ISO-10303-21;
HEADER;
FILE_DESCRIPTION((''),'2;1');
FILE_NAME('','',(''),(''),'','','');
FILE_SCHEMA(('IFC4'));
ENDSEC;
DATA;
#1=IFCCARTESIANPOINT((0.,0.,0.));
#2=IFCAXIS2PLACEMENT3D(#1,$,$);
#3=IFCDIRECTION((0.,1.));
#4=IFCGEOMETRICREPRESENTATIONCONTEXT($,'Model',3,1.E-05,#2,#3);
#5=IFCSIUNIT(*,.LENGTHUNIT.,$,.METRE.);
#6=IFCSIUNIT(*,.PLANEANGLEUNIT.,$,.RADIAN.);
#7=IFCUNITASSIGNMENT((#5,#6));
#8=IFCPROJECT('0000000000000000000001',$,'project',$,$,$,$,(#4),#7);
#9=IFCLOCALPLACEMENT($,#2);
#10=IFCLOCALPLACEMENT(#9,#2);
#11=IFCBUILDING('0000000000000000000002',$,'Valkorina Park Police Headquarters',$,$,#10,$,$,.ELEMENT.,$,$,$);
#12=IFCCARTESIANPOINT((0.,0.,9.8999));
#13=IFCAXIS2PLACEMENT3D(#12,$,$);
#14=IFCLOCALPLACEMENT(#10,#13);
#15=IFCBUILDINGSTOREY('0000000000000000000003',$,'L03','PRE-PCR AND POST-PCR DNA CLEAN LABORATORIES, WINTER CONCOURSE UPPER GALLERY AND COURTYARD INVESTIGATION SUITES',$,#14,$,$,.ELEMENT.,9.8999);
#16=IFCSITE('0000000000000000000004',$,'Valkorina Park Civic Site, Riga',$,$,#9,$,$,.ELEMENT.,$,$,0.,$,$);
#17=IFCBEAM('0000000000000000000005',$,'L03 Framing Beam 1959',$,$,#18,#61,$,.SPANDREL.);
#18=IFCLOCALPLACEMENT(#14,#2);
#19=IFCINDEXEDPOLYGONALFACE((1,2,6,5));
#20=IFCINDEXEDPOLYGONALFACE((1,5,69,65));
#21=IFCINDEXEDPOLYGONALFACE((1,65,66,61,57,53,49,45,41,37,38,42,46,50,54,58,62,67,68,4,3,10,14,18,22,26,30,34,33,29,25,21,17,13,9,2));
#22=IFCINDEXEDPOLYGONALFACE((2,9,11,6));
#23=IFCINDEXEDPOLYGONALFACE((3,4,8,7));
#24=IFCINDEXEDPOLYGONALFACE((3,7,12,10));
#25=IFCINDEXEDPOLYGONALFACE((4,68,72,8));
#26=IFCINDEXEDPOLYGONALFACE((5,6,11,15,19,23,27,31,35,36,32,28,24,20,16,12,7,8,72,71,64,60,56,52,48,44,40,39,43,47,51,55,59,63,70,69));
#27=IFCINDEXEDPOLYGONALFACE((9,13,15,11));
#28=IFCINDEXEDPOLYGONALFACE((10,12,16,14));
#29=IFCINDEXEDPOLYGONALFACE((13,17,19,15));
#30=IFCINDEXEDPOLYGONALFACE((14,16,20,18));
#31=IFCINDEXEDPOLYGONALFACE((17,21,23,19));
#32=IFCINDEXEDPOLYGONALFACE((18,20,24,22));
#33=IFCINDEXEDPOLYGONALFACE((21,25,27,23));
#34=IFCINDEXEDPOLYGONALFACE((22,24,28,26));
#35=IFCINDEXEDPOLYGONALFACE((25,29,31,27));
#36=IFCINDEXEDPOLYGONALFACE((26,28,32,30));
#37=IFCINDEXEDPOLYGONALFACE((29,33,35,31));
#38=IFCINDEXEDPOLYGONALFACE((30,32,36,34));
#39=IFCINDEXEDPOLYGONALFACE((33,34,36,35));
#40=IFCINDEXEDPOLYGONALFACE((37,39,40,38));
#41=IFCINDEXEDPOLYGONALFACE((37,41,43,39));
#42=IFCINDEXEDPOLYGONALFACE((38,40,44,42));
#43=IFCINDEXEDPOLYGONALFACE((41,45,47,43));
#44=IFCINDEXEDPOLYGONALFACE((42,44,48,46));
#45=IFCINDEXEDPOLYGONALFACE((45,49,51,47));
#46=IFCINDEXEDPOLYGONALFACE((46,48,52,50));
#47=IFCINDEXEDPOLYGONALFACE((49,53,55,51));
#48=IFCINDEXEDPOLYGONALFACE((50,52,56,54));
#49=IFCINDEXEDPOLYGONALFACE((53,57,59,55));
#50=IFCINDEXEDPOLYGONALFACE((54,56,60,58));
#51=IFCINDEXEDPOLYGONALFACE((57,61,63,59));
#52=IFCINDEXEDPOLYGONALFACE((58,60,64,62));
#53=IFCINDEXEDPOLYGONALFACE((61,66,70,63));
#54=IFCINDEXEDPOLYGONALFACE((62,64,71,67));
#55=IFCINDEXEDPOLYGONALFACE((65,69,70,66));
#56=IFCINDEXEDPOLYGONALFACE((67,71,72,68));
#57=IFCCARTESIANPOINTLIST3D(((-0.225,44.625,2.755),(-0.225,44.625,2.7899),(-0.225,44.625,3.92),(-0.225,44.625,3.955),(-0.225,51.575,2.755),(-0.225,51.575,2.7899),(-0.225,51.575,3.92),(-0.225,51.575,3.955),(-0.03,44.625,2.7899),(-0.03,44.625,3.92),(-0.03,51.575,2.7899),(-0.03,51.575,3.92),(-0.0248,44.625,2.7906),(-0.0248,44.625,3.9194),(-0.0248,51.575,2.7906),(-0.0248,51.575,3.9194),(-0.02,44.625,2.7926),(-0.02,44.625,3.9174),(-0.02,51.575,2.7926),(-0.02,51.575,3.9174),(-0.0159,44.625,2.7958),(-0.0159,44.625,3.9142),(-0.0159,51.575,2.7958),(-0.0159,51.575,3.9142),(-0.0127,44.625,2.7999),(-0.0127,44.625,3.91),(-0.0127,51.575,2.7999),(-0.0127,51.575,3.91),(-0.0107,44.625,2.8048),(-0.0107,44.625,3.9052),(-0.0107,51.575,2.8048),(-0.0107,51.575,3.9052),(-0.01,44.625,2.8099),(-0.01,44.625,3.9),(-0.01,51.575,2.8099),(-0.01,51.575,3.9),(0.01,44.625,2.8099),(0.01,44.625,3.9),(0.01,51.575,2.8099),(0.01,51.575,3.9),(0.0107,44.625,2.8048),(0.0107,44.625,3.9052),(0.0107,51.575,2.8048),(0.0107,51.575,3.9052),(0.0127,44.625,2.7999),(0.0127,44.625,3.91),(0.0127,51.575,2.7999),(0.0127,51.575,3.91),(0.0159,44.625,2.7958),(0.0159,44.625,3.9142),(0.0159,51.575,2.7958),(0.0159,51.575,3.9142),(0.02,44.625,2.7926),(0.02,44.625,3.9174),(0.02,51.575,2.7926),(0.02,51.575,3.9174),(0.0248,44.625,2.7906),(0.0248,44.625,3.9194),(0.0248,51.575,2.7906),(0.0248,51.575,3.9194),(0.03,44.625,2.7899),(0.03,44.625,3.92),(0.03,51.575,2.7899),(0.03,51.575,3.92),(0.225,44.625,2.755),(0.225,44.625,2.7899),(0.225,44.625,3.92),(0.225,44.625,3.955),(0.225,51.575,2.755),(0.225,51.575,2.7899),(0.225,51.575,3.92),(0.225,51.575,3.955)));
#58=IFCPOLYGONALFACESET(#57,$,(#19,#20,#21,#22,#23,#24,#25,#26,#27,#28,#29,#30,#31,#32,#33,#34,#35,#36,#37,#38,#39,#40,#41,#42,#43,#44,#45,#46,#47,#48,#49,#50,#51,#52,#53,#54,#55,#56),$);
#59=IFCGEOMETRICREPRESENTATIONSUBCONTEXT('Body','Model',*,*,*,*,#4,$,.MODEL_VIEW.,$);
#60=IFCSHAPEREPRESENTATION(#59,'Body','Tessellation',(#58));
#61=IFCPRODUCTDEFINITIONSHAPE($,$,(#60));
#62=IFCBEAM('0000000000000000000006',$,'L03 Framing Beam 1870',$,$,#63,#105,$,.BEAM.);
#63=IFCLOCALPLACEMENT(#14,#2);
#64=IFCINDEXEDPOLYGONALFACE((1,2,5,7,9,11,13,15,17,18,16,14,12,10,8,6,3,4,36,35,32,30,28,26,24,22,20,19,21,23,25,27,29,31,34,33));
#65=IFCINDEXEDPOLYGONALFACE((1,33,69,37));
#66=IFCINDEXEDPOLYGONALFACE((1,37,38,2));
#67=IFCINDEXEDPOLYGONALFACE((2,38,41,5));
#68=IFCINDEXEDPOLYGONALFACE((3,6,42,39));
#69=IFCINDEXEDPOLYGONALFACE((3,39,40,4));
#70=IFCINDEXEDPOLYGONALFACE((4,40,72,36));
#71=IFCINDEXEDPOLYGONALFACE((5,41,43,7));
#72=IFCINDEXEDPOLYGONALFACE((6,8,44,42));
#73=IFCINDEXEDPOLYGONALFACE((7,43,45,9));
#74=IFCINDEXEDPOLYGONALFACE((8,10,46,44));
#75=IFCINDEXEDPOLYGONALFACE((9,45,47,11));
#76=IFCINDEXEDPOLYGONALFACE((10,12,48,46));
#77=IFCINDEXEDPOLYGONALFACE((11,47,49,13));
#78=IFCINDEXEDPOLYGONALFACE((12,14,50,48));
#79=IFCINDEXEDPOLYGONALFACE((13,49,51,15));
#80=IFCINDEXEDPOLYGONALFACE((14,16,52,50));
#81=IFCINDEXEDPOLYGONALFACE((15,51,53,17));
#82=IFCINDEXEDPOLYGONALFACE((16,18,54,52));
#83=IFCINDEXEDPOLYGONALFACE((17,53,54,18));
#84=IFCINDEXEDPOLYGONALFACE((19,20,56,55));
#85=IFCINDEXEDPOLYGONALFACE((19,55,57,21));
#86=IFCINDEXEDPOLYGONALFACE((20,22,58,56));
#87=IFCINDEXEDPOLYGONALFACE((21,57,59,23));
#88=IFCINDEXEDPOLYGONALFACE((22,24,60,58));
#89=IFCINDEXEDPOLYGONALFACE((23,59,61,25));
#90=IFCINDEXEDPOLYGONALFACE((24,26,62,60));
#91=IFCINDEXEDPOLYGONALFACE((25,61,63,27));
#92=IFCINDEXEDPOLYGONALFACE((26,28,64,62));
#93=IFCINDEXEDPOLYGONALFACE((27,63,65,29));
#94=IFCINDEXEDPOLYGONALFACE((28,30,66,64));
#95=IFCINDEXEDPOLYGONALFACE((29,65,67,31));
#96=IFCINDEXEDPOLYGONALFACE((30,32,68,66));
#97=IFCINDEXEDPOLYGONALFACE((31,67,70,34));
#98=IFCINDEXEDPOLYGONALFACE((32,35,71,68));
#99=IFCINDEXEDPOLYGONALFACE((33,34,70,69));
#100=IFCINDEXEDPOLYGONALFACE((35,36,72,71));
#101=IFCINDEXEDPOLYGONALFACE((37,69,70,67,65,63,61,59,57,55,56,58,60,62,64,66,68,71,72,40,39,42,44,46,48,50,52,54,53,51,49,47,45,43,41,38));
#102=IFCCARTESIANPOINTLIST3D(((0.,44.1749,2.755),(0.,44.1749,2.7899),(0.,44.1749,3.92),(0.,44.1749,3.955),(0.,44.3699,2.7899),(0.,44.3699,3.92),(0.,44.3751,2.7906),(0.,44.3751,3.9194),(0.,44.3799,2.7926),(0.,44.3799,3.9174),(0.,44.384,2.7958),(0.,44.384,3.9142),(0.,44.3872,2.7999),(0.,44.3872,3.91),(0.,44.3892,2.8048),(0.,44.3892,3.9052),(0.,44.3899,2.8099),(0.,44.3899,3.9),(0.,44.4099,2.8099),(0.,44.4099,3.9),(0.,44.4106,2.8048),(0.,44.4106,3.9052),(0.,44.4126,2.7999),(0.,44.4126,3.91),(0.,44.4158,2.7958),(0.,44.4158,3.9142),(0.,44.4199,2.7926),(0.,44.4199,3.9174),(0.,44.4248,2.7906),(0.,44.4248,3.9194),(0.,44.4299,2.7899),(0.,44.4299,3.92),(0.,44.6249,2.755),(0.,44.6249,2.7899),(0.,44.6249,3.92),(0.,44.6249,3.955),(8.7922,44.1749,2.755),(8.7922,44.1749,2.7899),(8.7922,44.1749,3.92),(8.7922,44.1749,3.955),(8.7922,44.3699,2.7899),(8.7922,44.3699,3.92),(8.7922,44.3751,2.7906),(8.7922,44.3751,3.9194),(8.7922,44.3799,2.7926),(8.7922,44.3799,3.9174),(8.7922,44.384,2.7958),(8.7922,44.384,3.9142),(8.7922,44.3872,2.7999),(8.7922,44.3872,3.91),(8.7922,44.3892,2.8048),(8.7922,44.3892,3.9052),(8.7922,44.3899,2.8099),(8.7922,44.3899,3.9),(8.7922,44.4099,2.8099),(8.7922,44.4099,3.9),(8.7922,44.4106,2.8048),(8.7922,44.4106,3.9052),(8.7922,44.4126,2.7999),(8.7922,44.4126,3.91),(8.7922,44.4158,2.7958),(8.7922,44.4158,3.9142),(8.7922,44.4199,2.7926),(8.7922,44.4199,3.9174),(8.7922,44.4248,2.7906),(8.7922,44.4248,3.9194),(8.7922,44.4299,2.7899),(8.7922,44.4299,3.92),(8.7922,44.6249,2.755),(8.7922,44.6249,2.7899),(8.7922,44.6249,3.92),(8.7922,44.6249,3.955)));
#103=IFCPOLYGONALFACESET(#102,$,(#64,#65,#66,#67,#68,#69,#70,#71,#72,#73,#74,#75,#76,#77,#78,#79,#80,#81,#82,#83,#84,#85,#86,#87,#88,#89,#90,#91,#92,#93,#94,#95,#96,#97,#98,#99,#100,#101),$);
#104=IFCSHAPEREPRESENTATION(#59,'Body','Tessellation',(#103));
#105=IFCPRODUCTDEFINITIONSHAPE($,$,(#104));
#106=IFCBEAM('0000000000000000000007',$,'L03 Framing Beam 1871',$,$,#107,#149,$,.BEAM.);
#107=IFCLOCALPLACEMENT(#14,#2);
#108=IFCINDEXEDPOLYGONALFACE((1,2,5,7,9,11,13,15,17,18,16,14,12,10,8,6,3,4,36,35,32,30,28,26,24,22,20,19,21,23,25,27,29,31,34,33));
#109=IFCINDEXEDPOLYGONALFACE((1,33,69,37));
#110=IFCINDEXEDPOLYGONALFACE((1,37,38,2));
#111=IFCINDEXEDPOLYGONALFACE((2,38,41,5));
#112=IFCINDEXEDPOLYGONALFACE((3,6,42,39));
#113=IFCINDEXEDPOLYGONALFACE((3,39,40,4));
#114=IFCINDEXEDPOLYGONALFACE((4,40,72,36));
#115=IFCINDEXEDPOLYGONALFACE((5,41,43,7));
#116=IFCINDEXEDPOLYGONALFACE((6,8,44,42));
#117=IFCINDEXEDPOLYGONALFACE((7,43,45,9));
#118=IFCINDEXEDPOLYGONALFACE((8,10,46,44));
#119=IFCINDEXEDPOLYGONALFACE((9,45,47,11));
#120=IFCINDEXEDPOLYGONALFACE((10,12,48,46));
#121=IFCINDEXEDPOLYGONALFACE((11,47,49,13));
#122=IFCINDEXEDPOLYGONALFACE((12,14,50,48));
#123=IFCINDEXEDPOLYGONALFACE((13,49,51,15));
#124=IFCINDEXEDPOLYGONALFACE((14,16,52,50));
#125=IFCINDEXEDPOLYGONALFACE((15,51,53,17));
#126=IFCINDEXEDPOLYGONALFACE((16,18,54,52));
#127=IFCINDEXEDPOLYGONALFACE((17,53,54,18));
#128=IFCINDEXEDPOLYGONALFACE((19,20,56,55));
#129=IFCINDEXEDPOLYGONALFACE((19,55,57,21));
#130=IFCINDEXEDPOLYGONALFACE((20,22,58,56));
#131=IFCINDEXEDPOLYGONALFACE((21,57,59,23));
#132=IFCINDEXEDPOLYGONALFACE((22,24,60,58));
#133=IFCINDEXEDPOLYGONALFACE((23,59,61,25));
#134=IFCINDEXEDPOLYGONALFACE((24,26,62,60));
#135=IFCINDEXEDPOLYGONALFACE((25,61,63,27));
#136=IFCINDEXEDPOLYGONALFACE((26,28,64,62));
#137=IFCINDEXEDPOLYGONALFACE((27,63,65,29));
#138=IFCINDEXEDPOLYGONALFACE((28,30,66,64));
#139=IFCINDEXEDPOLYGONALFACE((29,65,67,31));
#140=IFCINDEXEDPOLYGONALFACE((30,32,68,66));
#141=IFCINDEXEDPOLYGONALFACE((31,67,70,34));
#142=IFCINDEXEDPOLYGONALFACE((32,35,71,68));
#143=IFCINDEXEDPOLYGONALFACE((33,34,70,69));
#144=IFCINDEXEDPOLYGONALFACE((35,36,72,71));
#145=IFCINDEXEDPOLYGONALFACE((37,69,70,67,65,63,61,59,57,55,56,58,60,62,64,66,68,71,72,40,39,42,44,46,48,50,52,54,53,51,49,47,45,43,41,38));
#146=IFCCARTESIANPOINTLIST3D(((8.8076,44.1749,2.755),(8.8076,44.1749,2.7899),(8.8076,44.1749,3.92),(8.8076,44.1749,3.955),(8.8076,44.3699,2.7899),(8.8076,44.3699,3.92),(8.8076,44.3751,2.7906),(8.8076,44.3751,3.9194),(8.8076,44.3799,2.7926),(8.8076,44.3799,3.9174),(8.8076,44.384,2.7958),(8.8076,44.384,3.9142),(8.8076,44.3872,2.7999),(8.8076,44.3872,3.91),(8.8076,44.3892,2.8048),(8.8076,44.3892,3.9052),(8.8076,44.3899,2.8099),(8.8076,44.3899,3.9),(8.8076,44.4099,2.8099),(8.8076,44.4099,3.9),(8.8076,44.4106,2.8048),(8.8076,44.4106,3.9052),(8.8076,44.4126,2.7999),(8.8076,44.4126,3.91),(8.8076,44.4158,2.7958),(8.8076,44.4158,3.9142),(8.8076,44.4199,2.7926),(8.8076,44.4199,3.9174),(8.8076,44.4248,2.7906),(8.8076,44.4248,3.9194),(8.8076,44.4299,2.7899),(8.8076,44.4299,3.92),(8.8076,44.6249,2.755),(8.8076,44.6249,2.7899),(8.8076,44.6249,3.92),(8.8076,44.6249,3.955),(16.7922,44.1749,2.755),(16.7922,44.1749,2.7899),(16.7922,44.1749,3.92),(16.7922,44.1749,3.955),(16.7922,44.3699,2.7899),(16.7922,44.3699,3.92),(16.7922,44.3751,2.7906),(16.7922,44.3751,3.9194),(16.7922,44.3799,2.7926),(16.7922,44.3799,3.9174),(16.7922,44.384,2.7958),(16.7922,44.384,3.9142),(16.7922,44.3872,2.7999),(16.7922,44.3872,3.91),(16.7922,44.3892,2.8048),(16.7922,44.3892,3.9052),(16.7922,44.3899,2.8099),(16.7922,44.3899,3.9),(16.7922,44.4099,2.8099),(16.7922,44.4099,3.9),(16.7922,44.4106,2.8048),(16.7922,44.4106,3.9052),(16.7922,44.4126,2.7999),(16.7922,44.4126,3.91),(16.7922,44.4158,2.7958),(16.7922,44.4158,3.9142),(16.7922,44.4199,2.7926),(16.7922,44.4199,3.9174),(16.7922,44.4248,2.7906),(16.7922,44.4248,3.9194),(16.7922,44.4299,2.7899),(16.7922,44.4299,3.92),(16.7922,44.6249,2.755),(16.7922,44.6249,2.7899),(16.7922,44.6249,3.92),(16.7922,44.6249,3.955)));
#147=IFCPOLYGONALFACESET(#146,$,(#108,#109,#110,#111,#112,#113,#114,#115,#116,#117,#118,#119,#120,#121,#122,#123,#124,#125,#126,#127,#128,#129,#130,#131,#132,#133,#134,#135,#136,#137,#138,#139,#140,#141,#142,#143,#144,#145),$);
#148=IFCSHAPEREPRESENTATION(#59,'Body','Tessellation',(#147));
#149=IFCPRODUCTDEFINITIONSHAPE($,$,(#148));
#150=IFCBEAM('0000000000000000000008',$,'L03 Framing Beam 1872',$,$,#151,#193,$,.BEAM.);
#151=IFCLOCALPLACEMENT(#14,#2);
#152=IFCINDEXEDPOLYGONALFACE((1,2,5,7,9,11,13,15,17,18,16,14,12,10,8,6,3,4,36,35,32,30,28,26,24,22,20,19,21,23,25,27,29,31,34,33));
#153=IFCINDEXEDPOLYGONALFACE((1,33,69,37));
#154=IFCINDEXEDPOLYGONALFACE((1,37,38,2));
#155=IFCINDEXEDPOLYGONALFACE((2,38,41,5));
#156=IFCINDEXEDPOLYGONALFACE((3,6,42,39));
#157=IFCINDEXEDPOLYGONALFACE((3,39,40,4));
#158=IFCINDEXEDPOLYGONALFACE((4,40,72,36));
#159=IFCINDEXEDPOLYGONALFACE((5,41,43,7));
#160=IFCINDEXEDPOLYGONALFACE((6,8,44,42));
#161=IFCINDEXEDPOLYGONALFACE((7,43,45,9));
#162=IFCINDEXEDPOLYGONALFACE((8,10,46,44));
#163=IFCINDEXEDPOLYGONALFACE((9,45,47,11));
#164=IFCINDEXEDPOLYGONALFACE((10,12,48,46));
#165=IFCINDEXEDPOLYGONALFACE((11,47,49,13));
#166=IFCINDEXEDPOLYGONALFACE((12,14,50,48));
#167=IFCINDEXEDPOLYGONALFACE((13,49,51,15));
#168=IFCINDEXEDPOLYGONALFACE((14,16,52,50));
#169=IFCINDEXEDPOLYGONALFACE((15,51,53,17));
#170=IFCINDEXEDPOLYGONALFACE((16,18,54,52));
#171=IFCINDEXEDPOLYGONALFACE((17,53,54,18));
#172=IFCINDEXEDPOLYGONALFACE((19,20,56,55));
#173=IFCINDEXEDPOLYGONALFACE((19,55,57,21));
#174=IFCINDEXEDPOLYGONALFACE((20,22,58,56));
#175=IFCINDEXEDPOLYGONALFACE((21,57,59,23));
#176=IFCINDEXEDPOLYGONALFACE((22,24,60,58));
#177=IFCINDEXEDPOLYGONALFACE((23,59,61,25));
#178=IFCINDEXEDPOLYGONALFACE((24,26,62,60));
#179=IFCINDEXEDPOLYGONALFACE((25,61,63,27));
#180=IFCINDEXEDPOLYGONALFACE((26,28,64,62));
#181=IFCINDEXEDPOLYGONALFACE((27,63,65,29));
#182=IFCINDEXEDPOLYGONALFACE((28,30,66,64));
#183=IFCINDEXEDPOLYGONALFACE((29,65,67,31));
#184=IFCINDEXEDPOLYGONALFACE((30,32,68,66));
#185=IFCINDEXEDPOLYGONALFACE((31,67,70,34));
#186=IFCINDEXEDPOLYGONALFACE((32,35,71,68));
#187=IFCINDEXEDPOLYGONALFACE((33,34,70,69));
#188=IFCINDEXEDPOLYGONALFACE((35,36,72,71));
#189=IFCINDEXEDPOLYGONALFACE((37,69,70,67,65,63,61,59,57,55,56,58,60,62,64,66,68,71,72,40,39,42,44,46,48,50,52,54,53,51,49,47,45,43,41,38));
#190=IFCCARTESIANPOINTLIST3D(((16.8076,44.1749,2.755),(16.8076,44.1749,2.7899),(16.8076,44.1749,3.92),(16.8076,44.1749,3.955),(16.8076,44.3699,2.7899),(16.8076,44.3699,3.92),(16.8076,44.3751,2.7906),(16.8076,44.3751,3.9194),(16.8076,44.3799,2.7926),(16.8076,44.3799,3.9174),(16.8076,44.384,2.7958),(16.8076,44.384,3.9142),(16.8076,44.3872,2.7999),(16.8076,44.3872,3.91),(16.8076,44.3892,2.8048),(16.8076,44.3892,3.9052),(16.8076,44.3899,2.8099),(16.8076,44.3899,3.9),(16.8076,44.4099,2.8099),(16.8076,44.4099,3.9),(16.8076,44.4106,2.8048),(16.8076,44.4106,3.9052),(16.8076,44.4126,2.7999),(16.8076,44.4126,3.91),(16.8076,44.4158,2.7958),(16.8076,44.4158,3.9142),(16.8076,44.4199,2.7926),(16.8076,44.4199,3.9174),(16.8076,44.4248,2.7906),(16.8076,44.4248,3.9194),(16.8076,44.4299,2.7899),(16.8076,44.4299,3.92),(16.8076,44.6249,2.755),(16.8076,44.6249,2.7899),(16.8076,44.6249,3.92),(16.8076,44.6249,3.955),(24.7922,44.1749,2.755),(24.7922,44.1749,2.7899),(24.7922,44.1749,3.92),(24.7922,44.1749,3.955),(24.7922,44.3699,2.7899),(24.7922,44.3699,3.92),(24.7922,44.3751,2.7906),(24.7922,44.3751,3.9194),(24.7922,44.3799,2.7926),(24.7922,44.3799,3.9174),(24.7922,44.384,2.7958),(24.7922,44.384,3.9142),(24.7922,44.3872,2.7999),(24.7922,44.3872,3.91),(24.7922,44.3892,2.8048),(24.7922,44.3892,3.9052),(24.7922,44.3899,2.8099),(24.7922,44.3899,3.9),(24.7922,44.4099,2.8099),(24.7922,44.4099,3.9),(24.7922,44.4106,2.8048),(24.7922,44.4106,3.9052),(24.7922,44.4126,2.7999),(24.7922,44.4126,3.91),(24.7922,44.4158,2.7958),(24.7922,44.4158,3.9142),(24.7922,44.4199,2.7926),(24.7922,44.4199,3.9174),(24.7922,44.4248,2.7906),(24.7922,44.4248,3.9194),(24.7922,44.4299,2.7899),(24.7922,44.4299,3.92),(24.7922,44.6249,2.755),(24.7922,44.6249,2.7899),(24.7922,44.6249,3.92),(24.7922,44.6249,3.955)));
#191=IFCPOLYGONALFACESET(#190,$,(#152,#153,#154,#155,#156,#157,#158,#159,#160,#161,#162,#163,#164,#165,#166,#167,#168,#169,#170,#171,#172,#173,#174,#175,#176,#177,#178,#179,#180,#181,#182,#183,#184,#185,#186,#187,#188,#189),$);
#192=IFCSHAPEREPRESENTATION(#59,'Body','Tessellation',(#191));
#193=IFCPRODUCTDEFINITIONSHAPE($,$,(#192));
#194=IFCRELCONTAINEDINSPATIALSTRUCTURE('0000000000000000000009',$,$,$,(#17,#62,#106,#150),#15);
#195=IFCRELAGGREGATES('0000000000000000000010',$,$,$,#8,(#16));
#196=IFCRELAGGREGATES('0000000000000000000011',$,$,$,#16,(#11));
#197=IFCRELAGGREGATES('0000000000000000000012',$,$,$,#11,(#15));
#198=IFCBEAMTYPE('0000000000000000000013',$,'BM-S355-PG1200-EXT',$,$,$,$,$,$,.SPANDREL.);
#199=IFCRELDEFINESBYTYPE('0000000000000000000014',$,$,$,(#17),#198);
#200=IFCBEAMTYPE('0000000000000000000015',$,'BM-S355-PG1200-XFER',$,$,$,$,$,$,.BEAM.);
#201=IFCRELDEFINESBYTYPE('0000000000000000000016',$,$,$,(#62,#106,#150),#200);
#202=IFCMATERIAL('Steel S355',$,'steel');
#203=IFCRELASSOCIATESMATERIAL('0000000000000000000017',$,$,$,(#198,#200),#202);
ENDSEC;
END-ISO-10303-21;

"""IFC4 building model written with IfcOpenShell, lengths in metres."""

from ifc_helpers import new_model, si_unit, direction, frame, origin, origin_2d, place, context, subcontext, project, spatial, i_section, extrude, material, material_profile, profile_set, type_object, element, save


model = new_model("IFC4")

# Units and contexts
model_context = context("Model", 3, precision=1e-05, world=origin(), true_north=direction((0.0, 1.0)))
body_context = subcontext(model_context, "Body", "Model", "MODEL_VIEW")
ifc_project = project(units=[si_unit("LENGTHUNIT", "METRE"), si_unit("PLANEANGLEUNIT", "RADIAN")], contexts=[model_context])

# Site, building, storey
site_placement = place(None, origin())
site = spatial("IfcSite", under=ifc_project, at=site_placement, Name="Valkorina Park Civic Site, Riga", CompositionType="ELEMENT", RefElevation=0.0)
building_placement = place(site_placement, origin())
building = spatial("IfcBuilding", under=site, at=building_placement, Name="Valkorina Park Police Headquarters", CompositionType="ELEMENT")
storey_placement = place(building_placement, frame((0.0, 0.0, 9.8999)))
storey = spatial("IfcBuildingStorey", under=building, at=storey_placement, Name="L03", Description="PRE-PCR AND POST-PCR DNA CLEAN LABORATORIES, WINTER CONCOURSE UPPER GALLERY AND COURTYARD INVESTIGATION SUITES", CompositionType="ELEMENT", Elevation=9.8999)

# Shared definitions
ifc_material_1 = material(Name="Steel S355", Category="steel")

# Beams
ifc_material_profile_1 = material_profile(ifc_material_1, i_section(OverallWidth=0.45, OverallDepth=1.2, WebThickness=0.02, FlangeThickness=0.0349, FilletRadius=0.02, at=origin_2d()), Name="PG 1200x450")
ifc_profile_set_1 = profile_set([ifc_material_profile_1], Name="Steel S355")
beam_type_1 = type_object("IfcBeamType", Name="BM-S355-PG1200-EXT", PredefinedType="SPANDREL", material=ifc_profile_set_1)
beam_1_placement = place(storey_placement, frame((0.0, 44.625, 3.355), z_axis=(0.0, 1.0, 0.0), x_axis=(-1.0, 0.0, 0.0)))
element("IfcBeam", 1, at=beam_1_placement, inside=storey, type_object=beam_type_1, Name="L03 Framing Beam 1959", PredefinedType="SPANDREL", context=body_context, shape_type="SweptSolid", body=[
    extrude(i_section(OverallWidth=0.45, OverallDepth=1.2, WebThickness=0.02, FlangeThickness=0.0349, FilletRadius=0.02, at=origin_2d()), origin(), (0.0, 0.0, 1.0), 6.95),
])
ifc_material_profile_2 = material_profile(ifc_material_1, i_section(OverallWidth=0.45, OverallDepth=1.2, WebThickness=0.02, FlangeThickness=0.0349, FilletRadius=0.02, at=origin_2d()), Name="PG 1200x450")
ifc_profile_set_2 = profile_set([ifc_material_profile_2], Name="Steel S355")
beam_type_2 = type_object("IfcBeamType", Name="BM-S355-PG1200-XFER", PredefinedType="BEAM", material=ifc_profile_set_2)
beam_2_placement = place(storey_placement, frame((0.0, 44.3999, 3.355), z_axis=(1.0, 0.0, 0.0), x_axis=(0.0, 1.0, 0.0)))
element("IfcBeam", 2, at=beam_2_placement, inside=storey, type_object=beam_type_2, Name="L03 Framing Beam 1870", PredefinedType="BEAM", context=body_context, shape_type="SweptSolid", body=[
    extrude(i_section(OverallWidth=0.45, OverallDepth=1.2, WebThickness=0.02, FlangeThickness=0.0349, FilletRadius=0.02, at=origin_2d()), origin(), (0.0, 0.0, 1.0), 8.7922),
])
for number, where, z_axis, x_axis, name in (
    (3, (8.8076, 44.3999, 3.355), (1.0, 0.0, 0.0), (0.0, 1.0, 0.0), "L03 Framing Beam 1871"),
    (4, (16.8076, 44.3999, 3.355), (1.0, 0.0, 0.0), (0.0, 1.0, 0.0), "L03 Framing Beam 1872"),
):
    element("IfcBeam", number, at=place(storey_placement, frame(where, z_axis=z_axis, x_axis=x_axis)), inside=storey, type_object=beam_type_2, Name=name, PredefinedType="BEAM", context=body_context, shape_type="SweptSolid", body=[
        extrude(i_section(OverallWidth=0.45, OverallDepth=1.2, WebThickness=0.02, FlangeThickness=0.0349, FilletRadius=0.02, at=origin_2d()), origin(), (0.0, 0.0, 1.0), 7.9846),
    ])

save(model, "model.ifc")
